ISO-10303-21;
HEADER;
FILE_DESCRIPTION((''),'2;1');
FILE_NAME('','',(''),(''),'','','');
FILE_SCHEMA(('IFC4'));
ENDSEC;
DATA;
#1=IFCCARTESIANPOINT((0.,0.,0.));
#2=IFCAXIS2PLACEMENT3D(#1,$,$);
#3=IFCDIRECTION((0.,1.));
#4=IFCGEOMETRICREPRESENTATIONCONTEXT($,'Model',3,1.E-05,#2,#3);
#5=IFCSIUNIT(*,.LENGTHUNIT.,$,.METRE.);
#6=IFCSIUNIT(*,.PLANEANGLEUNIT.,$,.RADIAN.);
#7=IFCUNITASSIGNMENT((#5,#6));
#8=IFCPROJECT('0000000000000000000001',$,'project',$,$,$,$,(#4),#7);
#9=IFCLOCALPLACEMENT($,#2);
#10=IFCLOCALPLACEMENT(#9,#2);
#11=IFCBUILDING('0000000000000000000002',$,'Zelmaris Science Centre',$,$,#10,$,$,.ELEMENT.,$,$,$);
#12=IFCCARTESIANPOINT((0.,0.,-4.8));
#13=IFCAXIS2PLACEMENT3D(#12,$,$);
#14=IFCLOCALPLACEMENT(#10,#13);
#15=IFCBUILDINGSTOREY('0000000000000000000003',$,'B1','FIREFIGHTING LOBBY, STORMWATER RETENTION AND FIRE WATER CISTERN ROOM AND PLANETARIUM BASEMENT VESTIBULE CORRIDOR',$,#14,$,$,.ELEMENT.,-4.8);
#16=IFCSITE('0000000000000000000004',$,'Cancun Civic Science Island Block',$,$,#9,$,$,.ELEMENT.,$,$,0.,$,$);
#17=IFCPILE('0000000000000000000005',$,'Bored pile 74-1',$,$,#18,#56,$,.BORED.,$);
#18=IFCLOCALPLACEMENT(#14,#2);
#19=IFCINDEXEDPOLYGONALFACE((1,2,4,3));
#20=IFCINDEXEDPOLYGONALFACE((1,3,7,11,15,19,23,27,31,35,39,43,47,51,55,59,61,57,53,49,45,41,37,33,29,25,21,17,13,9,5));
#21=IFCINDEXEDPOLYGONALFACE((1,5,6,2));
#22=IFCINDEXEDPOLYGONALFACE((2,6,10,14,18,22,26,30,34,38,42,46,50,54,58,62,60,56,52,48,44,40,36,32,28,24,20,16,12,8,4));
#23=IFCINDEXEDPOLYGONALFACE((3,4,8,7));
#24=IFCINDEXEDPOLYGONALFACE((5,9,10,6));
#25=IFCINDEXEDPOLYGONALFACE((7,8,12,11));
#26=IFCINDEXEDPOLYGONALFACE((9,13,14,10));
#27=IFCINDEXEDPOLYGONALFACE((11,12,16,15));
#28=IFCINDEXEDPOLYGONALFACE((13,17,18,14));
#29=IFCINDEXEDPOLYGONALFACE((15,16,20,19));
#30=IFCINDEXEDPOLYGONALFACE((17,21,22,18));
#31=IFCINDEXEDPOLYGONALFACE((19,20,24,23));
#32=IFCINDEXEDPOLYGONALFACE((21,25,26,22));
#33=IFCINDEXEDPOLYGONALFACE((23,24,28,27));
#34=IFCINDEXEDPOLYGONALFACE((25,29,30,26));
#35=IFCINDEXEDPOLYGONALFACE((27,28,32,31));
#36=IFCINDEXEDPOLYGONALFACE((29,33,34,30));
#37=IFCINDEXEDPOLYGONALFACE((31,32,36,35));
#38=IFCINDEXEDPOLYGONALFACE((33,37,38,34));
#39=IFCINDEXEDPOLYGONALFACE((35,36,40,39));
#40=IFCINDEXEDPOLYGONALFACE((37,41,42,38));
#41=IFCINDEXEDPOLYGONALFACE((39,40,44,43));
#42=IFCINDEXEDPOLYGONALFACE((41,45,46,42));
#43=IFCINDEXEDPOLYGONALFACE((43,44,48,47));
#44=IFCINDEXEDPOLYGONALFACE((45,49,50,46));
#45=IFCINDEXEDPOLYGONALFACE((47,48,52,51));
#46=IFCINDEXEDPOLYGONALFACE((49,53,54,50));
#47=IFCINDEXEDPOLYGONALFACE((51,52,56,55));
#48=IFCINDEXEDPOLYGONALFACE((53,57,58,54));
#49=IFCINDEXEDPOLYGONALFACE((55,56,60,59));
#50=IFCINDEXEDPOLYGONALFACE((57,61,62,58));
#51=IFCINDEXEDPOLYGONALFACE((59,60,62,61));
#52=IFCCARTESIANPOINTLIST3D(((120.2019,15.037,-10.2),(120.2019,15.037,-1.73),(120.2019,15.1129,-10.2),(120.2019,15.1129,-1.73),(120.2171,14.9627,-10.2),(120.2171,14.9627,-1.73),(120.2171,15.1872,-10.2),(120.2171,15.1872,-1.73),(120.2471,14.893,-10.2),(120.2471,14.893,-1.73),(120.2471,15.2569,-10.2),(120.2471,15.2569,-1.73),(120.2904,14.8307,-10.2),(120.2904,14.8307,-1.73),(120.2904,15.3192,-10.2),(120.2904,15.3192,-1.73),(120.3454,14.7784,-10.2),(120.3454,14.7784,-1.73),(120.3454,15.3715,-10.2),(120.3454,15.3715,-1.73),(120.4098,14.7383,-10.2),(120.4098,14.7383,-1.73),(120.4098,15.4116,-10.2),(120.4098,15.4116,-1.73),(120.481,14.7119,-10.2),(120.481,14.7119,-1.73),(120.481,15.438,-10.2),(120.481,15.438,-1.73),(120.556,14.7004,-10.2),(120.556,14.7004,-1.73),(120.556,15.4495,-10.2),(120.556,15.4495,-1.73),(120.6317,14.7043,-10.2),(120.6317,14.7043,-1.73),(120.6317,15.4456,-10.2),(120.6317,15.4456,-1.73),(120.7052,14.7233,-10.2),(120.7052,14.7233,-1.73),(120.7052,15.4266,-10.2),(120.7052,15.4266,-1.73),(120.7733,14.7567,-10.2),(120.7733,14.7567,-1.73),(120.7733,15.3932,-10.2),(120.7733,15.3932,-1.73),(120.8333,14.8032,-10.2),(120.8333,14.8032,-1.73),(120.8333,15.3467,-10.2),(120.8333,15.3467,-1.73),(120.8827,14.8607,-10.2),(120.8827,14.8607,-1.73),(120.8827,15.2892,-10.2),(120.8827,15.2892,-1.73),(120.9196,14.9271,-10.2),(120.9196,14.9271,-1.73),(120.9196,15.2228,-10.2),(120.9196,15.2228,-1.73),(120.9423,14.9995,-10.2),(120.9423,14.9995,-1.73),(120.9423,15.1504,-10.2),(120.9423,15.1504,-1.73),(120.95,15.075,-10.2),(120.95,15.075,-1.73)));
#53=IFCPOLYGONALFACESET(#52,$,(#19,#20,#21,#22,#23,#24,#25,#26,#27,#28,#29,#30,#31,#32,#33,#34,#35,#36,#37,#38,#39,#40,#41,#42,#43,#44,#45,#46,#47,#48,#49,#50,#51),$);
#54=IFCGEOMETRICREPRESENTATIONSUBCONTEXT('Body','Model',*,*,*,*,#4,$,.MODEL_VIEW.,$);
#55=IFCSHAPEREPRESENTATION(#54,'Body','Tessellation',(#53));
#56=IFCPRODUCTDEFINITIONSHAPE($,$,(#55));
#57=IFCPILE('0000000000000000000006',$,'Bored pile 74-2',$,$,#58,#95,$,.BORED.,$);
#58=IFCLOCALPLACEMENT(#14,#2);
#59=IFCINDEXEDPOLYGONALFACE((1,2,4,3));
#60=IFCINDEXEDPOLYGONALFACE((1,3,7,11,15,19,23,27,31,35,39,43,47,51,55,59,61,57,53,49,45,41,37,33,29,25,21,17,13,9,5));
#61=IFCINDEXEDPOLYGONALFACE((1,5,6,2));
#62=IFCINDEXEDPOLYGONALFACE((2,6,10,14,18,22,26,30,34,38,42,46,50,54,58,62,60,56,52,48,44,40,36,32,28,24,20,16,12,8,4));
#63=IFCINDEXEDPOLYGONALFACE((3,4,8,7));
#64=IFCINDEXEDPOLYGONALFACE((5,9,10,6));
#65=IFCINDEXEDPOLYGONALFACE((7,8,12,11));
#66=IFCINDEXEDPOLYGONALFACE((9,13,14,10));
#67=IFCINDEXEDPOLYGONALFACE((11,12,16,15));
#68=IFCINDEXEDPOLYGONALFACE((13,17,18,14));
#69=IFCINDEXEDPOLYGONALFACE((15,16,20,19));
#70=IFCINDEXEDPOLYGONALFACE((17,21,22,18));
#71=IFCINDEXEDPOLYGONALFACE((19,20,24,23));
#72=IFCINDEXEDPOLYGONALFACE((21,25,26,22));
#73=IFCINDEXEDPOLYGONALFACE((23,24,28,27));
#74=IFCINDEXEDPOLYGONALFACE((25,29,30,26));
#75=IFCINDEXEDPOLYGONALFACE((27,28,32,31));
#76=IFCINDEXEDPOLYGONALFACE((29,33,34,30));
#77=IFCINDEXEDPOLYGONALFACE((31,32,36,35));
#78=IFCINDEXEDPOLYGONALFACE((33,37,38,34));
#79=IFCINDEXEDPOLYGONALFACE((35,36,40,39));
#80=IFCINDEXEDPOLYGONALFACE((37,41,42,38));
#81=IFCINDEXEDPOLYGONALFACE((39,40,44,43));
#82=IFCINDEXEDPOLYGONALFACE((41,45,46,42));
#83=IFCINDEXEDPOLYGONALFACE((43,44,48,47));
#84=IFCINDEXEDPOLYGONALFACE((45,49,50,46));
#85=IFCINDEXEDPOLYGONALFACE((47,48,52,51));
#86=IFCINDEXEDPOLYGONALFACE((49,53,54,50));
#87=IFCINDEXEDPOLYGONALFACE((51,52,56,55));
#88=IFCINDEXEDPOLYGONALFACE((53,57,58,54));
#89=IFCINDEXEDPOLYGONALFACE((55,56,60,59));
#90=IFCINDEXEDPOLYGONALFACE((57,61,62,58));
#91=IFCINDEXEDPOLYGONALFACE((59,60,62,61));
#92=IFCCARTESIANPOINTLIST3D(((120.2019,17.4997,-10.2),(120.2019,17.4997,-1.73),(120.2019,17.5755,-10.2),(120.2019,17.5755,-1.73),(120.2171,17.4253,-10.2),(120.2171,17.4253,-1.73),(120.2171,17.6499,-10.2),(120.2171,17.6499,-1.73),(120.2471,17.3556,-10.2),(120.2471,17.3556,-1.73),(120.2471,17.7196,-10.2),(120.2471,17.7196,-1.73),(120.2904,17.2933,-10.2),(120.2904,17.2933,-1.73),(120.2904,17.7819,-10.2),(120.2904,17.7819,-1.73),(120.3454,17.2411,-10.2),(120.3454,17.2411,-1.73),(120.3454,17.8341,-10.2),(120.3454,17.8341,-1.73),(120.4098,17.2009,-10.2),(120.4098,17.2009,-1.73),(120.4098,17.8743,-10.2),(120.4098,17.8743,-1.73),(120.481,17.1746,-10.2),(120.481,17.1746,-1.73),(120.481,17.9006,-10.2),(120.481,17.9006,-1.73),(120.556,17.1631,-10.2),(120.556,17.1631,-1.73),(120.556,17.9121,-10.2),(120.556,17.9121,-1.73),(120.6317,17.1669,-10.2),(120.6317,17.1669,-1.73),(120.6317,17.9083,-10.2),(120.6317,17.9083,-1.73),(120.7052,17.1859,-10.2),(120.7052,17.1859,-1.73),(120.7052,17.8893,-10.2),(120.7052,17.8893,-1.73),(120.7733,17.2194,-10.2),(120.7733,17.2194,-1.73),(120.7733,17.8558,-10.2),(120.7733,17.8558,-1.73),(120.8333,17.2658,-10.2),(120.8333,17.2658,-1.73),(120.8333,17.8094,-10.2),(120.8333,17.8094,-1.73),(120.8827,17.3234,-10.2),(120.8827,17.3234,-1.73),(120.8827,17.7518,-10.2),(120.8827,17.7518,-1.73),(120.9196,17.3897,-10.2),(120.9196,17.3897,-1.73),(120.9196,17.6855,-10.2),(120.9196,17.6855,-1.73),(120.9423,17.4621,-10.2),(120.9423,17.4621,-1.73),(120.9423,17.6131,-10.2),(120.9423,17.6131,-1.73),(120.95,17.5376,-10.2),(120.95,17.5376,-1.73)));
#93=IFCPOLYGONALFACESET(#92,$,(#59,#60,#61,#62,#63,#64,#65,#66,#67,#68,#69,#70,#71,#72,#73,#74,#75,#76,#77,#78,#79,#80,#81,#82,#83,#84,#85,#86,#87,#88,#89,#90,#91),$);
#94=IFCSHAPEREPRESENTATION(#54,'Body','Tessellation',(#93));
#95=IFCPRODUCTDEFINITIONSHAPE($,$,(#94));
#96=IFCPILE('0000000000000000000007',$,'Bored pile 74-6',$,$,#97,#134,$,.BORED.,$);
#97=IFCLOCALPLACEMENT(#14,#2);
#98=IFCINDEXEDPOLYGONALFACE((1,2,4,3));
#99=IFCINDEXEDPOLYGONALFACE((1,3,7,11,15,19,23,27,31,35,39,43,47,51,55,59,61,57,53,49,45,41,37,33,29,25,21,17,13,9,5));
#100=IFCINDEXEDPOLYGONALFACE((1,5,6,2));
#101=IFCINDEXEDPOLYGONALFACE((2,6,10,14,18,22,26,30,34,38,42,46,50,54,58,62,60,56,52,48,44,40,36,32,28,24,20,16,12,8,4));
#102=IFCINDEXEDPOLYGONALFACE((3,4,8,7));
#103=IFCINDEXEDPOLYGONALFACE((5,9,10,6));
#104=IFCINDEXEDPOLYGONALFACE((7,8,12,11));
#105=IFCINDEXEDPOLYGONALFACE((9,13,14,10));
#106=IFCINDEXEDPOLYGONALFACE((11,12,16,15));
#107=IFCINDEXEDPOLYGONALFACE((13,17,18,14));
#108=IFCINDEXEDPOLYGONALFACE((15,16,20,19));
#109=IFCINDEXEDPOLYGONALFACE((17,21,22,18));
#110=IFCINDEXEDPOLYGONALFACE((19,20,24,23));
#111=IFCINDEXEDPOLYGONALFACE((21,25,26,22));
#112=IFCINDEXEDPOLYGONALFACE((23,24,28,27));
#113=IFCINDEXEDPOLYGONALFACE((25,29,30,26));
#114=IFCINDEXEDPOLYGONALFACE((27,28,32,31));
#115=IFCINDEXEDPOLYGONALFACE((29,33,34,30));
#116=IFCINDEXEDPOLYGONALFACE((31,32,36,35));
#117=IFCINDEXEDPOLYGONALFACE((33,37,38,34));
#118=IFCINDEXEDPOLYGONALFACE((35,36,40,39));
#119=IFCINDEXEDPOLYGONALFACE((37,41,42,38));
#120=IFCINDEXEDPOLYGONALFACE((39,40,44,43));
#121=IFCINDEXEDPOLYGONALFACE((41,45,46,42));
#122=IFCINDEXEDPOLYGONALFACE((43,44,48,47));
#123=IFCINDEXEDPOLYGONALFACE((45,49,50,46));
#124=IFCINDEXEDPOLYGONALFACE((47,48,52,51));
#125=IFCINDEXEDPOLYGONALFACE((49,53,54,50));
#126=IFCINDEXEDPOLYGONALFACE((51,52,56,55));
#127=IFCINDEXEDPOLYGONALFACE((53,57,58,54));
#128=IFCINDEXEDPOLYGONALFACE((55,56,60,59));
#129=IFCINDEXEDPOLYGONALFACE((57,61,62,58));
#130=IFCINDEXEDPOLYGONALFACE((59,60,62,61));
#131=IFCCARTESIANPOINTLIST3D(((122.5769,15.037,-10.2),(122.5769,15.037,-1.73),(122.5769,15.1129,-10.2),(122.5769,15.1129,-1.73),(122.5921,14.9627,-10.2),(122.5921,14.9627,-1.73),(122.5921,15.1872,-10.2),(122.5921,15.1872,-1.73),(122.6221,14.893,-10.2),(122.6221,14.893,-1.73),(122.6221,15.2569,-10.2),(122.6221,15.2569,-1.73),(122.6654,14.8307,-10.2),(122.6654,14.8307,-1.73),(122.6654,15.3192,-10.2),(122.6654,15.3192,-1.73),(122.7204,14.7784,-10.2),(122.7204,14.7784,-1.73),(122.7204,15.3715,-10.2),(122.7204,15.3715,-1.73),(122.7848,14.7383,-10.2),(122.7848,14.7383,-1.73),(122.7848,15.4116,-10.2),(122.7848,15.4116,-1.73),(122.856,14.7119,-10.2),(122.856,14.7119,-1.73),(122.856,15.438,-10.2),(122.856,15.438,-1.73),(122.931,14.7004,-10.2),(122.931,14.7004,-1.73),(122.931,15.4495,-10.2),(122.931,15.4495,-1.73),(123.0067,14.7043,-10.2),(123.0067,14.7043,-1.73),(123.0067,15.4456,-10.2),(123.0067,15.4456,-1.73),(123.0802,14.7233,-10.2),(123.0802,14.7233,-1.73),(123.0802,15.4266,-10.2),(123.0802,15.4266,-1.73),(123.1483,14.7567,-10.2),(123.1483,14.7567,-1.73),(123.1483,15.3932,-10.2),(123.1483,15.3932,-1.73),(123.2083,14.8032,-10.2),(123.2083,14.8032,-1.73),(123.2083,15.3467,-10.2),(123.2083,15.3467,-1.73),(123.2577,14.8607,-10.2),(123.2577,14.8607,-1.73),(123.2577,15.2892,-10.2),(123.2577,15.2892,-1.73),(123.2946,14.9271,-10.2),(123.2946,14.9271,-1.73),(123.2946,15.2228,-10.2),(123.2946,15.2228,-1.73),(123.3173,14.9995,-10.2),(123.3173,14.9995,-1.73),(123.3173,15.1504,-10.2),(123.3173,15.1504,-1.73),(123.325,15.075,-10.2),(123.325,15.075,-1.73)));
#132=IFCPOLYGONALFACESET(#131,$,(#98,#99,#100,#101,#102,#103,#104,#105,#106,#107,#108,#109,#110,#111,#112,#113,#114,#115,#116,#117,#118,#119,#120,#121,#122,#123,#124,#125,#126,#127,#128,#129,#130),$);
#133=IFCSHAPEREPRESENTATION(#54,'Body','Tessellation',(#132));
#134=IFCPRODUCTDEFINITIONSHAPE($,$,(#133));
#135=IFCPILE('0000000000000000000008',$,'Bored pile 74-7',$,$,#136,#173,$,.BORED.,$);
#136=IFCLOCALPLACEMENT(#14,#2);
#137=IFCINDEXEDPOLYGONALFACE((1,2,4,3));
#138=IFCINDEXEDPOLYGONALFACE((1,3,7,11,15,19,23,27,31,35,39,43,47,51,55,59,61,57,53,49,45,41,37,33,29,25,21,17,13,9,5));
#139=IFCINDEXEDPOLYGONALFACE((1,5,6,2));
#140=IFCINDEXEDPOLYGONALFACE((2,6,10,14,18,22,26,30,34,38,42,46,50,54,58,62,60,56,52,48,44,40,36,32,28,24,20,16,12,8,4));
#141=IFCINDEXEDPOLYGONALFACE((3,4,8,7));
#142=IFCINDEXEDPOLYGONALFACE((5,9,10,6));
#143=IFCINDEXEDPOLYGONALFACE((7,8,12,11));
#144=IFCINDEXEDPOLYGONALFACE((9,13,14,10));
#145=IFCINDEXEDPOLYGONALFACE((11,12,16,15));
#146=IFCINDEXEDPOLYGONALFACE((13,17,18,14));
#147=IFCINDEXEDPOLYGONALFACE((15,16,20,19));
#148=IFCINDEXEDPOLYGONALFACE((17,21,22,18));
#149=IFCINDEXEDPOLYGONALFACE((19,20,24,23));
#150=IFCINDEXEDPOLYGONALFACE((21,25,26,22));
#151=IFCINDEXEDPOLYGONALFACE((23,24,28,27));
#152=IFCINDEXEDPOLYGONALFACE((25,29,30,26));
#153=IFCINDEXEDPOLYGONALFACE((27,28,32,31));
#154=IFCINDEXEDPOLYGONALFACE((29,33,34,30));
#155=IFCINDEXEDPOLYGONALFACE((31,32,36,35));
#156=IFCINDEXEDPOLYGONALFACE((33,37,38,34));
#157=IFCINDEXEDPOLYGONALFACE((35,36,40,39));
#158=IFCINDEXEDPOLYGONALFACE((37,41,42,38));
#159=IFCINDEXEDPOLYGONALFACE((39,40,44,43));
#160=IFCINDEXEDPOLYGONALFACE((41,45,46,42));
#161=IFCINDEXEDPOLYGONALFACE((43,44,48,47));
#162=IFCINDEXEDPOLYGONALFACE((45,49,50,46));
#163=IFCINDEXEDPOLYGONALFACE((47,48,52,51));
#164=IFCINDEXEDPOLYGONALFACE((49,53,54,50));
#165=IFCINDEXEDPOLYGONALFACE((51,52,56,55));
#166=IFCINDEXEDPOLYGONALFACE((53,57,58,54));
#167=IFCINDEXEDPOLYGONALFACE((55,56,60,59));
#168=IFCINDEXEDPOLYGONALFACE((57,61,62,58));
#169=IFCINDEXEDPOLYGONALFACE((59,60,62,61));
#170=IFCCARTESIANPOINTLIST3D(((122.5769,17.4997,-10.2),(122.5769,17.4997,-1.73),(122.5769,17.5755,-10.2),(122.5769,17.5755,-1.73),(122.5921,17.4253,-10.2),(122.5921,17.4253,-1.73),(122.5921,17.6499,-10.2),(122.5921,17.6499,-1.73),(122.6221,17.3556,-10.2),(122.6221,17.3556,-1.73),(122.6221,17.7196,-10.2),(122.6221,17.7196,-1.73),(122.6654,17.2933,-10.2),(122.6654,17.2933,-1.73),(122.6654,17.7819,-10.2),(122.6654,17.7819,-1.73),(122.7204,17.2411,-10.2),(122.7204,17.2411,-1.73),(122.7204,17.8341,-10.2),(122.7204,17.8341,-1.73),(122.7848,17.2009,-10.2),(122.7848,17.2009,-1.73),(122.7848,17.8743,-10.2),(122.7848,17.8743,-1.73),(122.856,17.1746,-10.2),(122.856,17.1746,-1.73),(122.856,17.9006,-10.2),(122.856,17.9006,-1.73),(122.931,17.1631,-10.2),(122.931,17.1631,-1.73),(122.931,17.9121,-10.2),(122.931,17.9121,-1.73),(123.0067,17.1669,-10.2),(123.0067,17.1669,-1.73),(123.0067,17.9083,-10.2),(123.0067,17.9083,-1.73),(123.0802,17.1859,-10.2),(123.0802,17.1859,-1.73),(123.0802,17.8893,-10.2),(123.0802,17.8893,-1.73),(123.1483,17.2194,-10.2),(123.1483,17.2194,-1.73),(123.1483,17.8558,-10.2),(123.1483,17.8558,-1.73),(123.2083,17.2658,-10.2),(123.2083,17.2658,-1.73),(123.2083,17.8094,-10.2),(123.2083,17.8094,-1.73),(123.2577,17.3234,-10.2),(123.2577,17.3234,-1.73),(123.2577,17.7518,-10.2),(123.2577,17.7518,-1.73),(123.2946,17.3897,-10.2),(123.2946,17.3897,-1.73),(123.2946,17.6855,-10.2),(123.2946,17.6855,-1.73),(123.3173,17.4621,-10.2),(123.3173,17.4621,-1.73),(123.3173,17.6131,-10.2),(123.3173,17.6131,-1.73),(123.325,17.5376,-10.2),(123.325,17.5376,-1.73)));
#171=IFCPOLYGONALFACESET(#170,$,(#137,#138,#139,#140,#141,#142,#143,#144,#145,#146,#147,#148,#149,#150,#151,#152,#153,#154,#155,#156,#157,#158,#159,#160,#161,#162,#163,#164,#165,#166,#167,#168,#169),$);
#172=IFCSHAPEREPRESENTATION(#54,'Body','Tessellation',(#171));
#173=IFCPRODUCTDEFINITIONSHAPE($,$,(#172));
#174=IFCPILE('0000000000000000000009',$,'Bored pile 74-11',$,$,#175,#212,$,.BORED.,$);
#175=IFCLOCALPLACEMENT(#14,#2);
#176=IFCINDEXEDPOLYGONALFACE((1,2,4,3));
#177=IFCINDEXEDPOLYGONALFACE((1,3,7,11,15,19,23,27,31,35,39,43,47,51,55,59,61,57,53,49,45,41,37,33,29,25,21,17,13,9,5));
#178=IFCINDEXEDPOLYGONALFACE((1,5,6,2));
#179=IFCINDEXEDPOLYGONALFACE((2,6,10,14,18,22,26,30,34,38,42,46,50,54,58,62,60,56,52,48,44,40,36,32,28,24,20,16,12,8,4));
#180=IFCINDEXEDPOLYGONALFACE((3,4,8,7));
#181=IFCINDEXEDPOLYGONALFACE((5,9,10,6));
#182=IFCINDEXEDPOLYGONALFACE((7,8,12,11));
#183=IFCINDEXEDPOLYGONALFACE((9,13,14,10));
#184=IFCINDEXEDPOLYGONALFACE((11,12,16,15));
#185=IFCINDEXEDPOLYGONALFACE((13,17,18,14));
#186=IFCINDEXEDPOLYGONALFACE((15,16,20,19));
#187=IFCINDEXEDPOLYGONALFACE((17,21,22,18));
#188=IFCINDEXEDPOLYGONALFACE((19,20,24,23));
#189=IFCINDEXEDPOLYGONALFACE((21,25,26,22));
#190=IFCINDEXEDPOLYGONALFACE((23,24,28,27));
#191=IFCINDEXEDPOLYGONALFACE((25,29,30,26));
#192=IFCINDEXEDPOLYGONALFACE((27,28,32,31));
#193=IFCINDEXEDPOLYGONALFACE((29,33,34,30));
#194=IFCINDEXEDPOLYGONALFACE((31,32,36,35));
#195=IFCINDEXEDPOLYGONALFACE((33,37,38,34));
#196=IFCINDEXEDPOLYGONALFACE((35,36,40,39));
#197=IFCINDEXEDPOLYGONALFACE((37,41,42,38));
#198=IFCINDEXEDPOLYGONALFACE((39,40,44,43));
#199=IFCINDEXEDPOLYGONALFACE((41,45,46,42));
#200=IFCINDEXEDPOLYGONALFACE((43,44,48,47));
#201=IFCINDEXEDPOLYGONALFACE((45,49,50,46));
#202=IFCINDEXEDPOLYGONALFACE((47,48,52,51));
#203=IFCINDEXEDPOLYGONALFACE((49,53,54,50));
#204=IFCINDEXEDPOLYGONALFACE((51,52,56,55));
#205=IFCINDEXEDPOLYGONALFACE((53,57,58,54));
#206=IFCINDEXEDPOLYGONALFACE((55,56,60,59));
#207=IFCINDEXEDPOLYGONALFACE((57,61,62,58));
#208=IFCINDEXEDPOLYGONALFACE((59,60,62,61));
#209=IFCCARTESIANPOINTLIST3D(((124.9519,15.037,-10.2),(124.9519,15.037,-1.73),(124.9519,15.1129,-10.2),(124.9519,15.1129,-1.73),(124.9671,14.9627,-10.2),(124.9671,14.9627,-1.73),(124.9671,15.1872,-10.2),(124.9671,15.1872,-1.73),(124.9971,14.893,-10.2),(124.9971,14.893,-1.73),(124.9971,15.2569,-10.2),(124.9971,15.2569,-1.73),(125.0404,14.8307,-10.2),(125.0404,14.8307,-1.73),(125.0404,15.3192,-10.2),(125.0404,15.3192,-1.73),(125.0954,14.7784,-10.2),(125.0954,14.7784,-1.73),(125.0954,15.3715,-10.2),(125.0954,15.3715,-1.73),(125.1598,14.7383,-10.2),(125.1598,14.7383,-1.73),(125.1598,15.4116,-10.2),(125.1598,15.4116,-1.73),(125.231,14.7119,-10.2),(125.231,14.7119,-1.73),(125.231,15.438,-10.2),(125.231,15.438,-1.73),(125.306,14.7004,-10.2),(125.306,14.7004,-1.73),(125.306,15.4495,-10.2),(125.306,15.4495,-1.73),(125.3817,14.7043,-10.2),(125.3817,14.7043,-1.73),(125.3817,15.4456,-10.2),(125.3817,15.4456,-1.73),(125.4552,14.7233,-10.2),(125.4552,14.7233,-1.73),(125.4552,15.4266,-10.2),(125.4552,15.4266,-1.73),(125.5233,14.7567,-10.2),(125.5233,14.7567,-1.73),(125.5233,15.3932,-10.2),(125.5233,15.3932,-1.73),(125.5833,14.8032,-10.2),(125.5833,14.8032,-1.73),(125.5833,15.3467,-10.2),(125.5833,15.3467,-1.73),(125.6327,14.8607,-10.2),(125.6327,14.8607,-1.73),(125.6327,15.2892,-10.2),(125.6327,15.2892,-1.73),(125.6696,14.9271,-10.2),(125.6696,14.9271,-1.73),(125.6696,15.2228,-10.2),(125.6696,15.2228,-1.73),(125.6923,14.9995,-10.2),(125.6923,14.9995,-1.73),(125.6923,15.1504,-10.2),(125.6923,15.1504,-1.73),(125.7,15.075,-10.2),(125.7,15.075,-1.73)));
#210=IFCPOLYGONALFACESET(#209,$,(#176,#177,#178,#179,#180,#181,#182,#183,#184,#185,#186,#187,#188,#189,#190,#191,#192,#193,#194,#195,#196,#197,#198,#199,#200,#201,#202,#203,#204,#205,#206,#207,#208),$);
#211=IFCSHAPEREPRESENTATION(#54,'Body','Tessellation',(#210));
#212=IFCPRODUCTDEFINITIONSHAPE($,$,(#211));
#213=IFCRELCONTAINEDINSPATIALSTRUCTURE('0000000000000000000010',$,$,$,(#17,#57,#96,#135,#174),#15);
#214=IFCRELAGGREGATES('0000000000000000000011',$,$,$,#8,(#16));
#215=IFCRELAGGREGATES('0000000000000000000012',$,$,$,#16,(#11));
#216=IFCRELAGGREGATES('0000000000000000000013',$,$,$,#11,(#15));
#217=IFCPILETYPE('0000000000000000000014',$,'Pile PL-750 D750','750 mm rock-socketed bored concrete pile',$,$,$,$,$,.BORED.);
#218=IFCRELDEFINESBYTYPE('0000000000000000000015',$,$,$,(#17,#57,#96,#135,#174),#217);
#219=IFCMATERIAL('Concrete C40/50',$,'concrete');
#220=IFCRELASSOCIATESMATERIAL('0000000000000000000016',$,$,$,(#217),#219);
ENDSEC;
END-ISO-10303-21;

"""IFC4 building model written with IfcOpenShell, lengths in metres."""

from ifc_helpers import new_model, si_unit, direction, frame, origin, origin_2d, place, context, subcontext, project, spatial, circle, extrude, material, material_profile, profile_set, type_object, element, save


model = new_model("IFC4")

# Units and contexts
model_context = context("Model", 3, precision=1e-05, world=origin(), true_north=direction((0.0, 1.0)))
body_context = subcontext(model_context, "Body", "Model", "MODEL_VIEW")
ifc_project = project(units=[si_unit("LENGTHUNIT", "METRE"), si_unit("PLANEANGLEUNIT", "RADIAN")], contexts=[model_context])

# Site, building, storey
site_placement = place(None, origin())
site = spatial("IfcSite", under=ifc_project, at=site_placement, Name="Cancun Civic Science Island Block", CompositionType="ELEMENT", RefElevation=0.0)
building_placement = place(site_placement, origin())
building = spatial("IfcBuilding", under=site, at=building_placement, Name="Zelmaris Science Centre", CompositionType="ELEMENT")
storey_placement = place(building_placement, frame((0.0, 0.0, -4.8)))
storey = spatial("IfcBuildingStorey", under=building, at=storey_placement, Name="B1", Description="FIREFIGHTING LOBBY, STORMWATER RETENTION AND FIRE WATER CISTERN ROOM AND PLANETARIUM BASEMENT VESTIBULE CORRIDOR", CompositionType="ELEMENT", Elevation=-4.8)

# Shared definitions
ifc_material_1 = material(Name="Concrete C40/50", Category="concrete")

# Piles
ifc_material_profile_1 = material_profile(ifc_material_1, circle(Radius=0.375, at=origin_2d()), Name="PILE-750")
ifc_profile_set_1 = profile_set([ifc_material_profile_1], Name="Concrete C40/50")
pile_type_1 = type_object("IfcPileType", Name="Pile PL-750 D750", Description="750 mm rock-socketed bored concrete pile", PredefinedType="BORED", material=ifc_profile_set_1)
for number, where, z_axis, x_axis, name in (
    (1, (120.575, 15.075, -1.73), (0.0, 0.0, -1.0), (1.0, 0.0, 0.0), "Bored pile 74-1"),
    (2, (120.575, 17.5376, -1.73), (0.0, 0.0, -1.0), (1.0, 0.0, 0.0), "Bored pile 74-2"),
    (3, (122.95, 15.075, -1.73), (0.0, 0.0, -1.0), (1.0, 0.0, 0.0), "Bored pile 74-6"),
    (4, (122.95, 17.5376, -1.73), (0.0, 0.0, -1.0), (1.0, 0.0, 0.0), "Bored pile 74-7"),
    (5, (125.325, 15.075, -1.73), (0.0, 0.0, -1.0), (1.0, 0.0, 0.0), "Bored pile 74-11"),
):
    element("IfcPile", number, at=place(storey_placement, frame(where, z_axis=z_axis, x_axis=x_axis)), inside=storey, type_object=pile_type_1, Name=name, PredefinedType="BORED", context=body_context, shape_type="SweptSolid", body=[
        extrude(circle(Radius=0.375, at=origin_2d()), origin(), (0.0, 0.0, 1.0), 8.47),
    ])

save(model, "model.ifc")
